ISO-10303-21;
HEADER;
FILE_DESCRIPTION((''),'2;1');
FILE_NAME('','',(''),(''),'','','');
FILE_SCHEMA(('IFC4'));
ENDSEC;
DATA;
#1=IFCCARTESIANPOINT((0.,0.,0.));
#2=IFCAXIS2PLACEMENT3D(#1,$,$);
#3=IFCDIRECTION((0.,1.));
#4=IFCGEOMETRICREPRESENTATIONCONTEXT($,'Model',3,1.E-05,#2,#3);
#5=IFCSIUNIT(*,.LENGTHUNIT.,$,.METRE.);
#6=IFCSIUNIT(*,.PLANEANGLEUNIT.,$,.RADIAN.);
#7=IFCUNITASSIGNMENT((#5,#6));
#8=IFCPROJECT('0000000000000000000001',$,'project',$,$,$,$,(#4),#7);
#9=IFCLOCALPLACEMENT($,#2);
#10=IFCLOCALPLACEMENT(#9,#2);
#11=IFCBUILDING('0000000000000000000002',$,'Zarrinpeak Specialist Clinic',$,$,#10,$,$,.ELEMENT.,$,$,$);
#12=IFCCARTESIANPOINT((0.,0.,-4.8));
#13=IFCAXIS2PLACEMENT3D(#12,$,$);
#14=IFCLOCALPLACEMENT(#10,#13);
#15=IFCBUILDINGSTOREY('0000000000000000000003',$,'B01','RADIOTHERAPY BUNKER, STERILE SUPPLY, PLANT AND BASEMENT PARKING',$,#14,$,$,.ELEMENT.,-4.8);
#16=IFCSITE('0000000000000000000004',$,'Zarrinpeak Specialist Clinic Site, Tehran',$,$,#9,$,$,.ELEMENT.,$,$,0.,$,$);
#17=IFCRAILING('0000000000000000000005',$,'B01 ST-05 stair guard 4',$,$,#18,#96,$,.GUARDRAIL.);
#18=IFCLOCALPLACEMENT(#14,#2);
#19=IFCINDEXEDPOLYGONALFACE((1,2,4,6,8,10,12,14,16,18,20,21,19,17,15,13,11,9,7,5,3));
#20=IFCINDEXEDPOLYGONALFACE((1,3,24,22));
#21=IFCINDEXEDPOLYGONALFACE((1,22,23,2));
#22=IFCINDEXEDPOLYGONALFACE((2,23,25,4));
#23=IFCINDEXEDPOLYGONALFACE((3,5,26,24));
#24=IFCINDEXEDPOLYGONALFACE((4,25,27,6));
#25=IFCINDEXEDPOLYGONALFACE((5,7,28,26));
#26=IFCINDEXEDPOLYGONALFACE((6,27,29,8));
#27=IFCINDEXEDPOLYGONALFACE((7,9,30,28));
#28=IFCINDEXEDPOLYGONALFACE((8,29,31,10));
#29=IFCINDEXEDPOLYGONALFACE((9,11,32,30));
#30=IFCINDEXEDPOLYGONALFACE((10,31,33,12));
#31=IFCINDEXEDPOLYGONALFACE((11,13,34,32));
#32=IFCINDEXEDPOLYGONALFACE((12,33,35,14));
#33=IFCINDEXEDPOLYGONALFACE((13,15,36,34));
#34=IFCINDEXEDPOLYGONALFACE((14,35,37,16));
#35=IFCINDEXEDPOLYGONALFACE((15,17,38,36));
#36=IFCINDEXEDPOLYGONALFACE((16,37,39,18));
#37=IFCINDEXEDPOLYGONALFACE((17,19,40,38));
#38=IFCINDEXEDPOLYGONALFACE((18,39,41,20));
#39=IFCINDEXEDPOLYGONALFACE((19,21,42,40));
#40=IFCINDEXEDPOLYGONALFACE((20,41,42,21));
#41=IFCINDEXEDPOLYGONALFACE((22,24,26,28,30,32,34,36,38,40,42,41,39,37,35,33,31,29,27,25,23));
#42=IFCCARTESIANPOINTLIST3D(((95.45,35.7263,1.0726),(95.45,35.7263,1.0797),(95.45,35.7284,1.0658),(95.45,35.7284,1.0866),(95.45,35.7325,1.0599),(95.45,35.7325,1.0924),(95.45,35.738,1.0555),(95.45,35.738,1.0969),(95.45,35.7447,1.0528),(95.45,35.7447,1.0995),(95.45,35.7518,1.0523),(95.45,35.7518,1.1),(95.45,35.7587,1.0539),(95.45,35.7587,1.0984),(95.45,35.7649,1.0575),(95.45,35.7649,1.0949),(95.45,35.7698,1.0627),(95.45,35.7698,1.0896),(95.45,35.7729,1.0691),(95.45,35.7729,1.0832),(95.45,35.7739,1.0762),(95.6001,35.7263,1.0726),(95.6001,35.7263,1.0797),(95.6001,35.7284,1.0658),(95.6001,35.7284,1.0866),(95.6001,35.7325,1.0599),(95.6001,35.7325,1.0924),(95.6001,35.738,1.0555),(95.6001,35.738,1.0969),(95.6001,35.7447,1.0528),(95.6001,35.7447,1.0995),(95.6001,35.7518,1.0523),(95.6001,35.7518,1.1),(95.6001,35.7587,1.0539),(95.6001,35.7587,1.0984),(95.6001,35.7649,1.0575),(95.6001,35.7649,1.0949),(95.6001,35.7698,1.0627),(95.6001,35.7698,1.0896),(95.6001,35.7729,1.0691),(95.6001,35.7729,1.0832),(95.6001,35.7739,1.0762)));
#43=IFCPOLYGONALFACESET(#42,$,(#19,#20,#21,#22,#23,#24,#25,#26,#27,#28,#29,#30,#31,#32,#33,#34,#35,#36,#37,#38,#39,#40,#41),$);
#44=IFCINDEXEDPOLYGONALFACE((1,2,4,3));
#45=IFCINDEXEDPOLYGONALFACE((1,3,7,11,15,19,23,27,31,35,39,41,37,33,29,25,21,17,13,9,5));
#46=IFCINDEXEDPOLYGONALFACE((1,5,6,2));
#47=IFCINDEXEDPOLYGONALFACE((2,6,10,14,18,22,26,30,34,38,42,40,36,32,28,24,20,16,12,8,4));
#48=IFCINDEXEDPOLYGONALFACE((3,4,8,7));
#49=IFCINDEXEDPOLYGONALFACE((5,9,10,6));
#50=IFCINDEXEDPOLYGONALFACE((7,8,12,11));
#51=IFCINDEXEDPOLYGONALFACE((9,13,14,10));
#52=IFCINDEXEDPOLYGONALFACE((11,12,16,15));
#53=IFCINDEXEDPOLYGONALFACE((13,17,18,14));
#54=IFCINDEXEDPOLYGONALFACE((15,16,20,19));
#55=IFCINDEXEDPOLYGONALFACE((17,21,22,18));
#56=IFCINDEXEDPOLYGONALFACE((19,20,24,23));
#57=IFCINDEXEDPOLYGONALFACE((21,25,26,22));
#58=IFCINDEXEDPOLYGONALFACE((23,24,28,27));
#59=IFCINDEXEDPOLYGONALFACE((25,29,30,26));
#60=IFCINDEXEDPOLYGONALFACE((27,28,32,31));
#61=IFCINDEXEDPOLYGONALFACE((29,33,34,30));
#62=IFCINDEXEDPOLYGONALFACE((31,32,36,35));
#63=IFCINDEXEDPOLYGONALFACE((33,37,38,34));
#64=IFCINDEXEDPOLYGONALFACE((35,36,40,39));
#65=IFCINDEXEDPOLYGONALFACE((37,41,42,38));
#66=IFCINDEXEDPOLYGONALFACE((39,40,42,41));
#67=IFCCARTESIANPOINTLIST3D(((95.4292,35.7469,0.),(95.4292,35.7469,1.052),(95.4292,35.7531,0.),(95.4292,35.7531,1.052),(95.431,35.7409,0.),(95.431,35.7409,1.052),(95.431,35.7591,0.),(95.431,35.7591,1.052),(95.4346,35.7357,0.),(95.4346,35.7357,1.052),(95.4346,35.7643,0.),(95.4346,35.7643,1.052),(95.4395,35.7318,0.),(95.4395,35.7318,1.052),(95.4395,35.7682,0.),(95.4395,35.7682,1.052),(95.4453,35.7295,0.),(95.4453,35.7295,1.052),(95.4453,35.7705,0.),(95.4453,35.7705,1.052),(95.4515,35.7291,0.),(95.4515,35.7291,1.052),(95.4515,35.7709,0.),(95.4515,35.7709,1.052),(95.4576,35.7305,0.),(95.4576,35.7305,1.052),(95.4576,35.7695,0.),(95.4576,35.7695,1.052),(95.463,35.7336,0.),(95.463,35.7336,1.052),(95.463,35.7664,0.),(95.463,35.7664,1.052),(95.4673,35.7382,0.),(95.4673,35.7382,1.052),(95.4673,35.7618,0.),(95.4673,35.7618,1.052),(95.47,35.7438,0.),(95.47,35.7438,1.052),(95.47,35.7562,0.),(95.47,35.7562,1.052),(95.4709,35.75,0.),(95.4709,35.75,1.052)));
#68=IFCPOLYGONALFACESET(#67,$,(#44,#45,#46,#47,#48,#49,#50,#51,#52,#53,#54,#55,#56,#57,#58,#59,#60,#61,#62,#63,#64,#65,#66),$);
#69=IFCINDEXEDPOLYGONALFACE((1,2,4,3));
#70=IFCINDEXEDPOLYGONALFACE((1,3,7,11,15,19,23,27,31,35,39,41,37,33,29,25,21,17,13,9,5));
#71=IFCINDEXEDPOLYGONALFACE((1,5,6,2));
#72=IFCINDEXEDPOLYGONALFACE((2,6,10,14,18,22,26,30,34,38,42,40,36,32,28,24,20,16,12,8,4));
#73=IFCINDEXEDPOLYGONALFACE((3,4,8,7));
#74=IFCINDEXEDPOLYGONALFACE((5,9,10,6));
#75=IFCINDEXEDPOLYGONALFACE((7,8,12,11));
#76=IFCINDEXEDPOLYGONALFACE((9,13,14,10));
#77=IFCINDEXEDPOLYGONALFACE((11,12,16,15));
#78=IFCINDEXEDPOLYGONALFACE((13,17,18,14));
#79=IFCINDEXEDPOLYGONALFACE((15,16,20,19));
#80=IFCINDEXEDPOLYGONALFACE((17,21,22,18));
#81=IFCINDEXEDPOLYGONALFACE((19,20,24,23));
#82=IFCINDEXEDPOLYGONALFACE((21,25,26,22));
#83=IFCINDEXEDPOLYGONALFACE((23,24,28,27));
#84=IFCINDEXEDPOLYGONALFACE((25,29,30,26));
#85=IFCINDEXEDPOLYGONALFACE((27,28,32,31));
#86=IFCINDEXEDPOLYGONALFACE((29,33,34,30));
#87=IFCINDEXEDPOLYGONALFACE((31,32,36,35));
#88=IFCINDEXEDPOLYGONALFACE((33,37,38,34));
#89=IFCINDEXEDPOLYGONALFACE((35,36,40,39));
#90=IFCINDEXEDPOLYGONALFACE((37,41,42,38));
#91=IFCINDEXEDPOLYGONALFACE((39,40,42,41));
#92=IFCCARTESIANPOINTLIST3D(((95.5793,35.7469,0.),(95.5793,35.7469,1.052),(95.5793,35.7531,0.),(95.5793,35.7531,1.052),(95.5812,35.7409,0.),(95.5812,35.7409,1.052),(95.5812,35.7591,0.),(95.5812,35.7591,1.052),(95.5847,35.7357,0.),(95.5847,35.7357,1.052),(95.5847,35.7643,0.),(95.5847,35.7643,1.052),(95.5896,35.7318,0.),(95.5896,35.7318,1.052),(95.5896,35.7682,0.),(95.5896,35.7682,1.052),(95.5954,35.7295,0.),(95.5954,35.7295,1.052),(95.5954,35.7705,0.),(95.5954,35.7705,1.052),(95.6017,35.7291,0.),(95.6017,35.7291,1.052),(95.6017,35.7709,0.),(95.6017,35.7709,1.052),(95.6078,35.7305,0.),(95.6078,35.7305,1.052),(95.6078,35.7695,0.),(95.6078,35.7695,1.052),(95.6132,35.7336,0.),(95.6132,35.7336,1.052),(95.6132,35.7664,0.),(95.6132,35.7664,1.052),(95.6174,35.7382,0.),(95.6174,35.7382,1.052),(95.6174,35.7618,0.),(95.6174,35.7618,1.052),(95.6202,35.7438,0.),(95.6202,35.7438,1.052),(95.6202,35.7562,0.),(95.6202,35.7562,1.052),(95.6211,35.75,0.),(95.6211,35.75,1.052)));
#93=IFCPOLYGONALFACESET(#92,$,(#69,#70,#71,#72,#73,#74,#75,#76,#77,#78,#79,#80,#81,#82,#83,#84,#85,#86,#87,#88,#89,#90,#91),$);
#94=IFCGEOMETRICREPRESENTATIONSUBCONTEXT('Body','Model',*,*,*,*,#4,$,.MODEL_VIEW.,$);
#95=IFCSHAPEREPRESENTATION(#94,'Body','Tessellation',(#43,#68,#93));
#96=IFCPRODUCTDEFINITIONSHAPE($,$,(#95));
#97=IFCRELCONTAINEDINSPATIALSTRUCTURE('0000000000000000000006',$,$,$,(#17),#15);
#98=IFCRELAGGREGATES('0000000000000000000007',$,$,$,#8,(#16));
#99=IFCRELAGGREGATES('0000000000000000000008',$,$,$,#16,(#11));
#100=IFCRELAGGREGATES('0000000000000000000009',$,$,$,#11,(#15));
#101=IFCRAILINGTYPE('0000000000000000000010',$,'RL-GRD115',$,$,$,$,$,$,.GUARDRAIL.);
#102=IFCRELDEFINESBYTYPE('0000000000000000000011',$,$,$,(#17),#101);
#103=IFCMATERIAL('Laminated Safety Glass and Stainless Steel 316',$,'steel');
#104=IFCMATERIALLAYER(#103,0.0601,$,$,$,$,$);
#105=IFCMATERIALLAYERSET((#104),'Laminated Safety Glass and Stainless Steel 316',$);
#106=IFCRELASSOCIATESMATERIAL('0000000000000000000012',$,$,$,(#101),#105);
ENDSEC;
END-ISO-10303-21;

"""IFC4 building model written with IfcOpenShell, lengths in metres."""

from ifc_helpers import new_model, si_unit, direction, frame, origin, origin_2d, place, context, subcontext, project, spatial, circle, extrude, material, layer, layer_set, type_object, element, save


model = new_model("IFC4")

# Units and contexts
model_context = context("Model", 3, precision=1e-05, world=origin(), true_north=direction((0.0, 1.0)))
body_context = subcontext(model_context, "Body", "Model", "MODEL_VIEW")
ifc_project = project(units=[si_unit("LENGTHUNIT", "METRE"), si_unit("PLANEANGLEUNIT", "RADIAN")], contexts=[model_context])

# Site, building, storey
site_placement = place(None, origin())
site = spatial("IfcSite", under=ifc_project, at=site_placement, Name="Zarrinpeak Specialist Clinic Site, Tehran", CompositionType="ELEMENT", RefElevation=0.0)
building_placement = place(site_placement, origin())
building = spatial("IfcBuilding", under=site, at=building_placement, Name="Zarrinpeak Specialist Clinic", CompositionType="ELEMENT")
storey_placement = place(building_placement, frame((0.0, 0.0, -4.8)))
storey = spatial("IfcBuildingStorey", under=building, at=storey_placement, Name="B01", Description="RADIOTHERAPY BUNKER, STERILE SUPPLY, PLANT AND BASEMENT PARKING", CompositionType="ELEMENT", Elevation=-4.8)

# Railing
ifc_material_1 = material(Name="Laminated Safety Glass and Stainless Steel 316", Category="steel")
ifc_layer_1 = layer(ifc_material_1, 0.0601)
ifc_layer_set_1 = layer_set([ifc_layer_1], Name="Laminated Safety Glass and Stainless Steel 316")
railing_type_1 = type_object("IfcRailingType", Name="RL-GRD115", PredefinedType="GUARDRAIL", material=ifc_layer_set_1)
railing_1_placement = place(storey_placement, frame((95.45, 35.75, 0.0)))
element("IfcRailing", 1, at=railing_1_placement, inside=storey, type_object=railing_type_1, Name="B01 ST-05 stair guard 4", PredefinedType="GUARDRAIL", context=body_context, shape_type="SweptSolid", body=[
    extrude(circle(Radius=0.0239, at=origin_2d()), frame((0.0, 0.0, 1.0762), z_axis=(1.0, 0.0, 0.0), x_axis=(0.0, 1.0, 0.0)), (0.0, 0.0, 1.0), 0.1501),
    extrude(circle(Radius=0.021, at=origin_2d()), origin(), (0.0, 0.0, 1.0), 1.052),
    extrude(circle(Radius=0.021, at=origin_2d()), frame((0.1501, 0.0, 0.0)), (0.0, 0.0, 1.0), 1.052),
])

save(model, "model.ifc")
